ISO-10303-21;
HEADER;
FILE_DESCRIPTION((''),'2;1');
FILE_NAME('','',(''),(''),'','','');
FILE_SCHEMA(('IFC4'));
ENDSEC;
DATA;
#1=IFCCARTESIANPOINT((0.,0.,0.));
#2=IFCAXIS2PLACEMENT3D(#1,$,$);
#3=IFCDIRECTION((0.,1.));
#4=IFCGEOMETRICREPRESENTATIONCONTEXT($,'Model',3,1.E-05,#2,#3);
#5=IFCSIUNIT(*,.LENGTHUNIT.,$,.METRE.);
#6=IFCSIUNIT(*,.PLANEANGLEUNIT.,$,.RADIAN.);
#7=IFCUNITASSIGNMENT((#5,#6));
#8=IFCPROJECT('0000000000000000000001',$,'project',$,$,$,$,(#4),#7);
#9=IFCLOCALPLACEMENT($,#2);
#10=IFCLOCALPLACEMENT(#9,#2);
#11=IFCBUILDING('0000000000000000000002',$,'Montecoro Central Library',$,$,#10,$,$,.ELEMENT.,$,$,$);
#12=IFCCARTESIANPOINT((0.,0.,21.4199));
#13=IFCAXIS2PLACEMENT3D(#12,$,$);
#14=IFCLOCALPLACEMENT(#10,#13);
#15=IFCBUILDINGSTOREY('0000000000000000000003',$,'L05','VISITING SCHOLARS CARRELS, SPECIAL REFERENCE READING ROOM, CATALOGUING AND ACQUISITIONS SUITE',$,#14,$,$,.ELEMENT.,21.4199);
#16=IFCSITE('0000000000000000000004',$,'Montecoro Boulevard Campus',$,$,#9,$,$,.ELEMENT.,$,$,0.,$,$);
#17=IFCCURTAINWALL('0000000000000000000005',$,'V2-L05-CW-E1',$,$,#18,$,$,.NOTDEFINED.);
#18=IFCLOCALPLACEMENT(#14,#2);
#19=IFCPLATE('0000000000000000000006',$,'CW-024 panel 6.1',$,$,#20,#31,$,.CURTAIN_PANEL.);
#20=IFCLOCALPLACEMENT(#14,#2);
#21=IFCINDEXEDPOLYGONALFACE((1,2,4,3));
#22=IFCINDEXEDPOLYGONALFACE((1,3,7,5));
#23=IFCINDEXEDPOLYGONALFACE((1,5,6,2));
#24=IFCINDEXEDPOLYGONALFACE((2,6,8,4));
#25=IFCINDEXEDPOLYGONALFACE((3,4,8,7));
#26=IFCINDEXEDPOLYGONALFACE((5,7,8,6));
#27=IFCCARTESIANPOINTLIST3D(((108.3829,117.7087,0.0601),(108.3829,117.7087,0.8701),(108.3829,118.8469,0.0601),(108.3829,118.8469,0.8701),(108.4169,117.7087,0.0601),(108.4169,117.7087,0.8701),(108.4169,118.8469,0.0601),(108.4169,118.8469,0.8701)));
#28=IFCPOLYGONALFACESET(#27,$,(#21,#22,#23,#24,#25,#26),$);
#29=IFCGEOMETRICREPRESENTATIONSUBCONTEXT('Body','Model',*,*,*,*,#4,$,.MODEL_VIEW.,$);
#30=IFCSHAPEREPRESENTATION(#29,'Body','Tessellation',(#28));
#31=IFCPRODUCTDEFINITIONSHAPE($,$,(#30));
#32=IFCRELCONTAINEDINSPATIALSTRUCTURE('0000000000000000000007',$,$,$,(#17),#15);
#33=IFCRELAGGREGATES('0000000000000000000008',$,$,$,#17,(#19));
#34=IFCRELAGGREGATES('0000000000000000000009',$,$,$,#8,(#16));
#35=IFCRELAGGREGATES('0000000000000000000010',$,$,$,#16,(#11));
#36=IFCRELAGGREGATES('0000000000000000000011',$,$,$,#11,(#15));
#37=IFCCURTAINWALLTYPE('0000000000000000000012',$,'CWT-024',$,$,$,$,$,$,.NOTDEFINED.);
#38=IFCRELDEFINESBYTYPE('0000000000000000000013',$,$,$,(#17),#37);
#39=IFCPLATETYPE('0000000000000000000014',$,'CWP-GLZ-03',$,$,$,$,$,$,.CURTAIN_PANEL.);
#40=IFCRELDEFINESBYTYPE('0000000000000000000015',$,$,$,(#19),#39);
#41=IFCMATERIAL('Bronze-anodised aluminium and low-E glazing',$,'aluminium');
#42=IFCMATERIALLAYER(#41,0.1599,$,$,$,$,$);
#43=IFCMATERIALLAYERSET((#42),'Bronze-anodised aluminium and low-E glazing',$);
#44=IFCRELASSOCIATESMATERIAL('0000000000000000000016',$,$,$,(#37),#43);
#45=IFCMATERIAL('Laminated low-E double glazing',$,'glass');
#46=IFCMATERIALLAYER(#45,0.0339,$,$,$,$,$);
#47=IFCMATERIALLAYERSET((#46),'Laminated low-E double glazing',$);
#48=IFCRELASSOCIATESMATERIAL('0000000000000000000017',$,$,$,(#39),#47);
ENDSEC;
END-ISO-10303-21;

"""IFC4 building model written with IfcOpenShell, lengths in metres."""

from ifc_helpers import new_model, si_unit, direction, frame, origin, origin_2d, place, context, subcontext, project, spatial, rectangle, extrude, material, layer, layer_set, type_object, element, aggregate, save


model = new_model("IFC4")

# Units and contexts
model_context = context("Model", 3, precision=1e-05, world=origin(), true_north=direction((0.0, 1.0)))
body_context = subcontext(model_context, "Body", "Model", "MODEL_VIEW")
ifc_project = project(units=[si_unit("LENGTHUNIT", "METRE"), si_unit("PLANEANGLEUNIT", "RADIAN")], contexts=[model_context])

# Site, building, storey
site_placement = place(None, origin())
site = spatial("IfcSite", under=ifc_project, at=site_placement, Name="Montecoro Boulevard Campus", CompositionType="ELEMENT", RefElevation=0.0)
building_placement = place(site_placement, origin())
building = spatial("IfcBuilding", under=site, at=building_placement, Name="Montecoro Central Library", CompositionType="ELEMENT")
storey_placement = place(building_placement, frame((0.0, 0.0, 21.4199)))
storey = spatial("IfcBuildingStorey", under=building, at=storey_placement, Name="L05", Description="VISITING SCHOLARS CARRELS, SPECIAL REFERENCE READING ROOM, CATALOGUING AND ACQUISITIONS SUITE", CompositionType="ELEMENT", Elevation=21.4199)

# Curtain wall, plate
ifc_material_1 = material(Name="Bronze-anodised aluminium and low-E glazing", Category="aluminium")
ifc_layer_1 = layer(ifc_material_1, 0.1599)
ifc_layer_set_1 = layer_set([ifc_layer_1], Name="Bronze-anodised aluminium and low-E glazing")
curtain_wall_type = type_object("IfcCurtainWallType", Name="CWT-024", PredefinedType="NOTDEFINED", material=ifc_layer_set_1)
curtain_wall_placement = place(storey_placement, origin())
curtain_wall = element("IfcCurtainWall", 1, at=curtain_wall_placement, inside=storey, type_object=curtain_wall_type, Name="V2-L05-CW-E1", PredefinedType="NOTDEFINED")
ifc_material_2 = material(Name="Laminated low-E double glazing", Category="glass")
ifc_layer_2 = layer(ifc_material_2, 0.0339)
ifc_layer_set_2 = layer_set([ifc_layer_2], Name="Laminated low-E double glazing")
plate_type = type_object("IfcPlateType", Name="CWP-GLZ-03", PredefinedType="CURTAIN_PANEL", material=ifc_layer_set_2)
plate_1_placement = place(storey_placement, frame((108.3999, 118.2778, 0.0601), z_axis=(0.0, 0.0, 1.0), x_axis=(0.0, 1.0, 0.0)))
plate_1 = element("IfcPlate", 2, at=plate_1_placement, type_object=plate_type, Name="CW-024 panel 6.1", PredefinedType="CURTAIN_PANEL", context=body_context, shape_type="SweptSolid", body=[
    extrude(rectangle(XDim=1.1382, YDim=0.0339, at=origin_2d()), origin(), (0.0, 0.0, 1.0), 0.8101),
])
aggregate(curtain_wall, [plate_1])

save(model, "model.ifc")
